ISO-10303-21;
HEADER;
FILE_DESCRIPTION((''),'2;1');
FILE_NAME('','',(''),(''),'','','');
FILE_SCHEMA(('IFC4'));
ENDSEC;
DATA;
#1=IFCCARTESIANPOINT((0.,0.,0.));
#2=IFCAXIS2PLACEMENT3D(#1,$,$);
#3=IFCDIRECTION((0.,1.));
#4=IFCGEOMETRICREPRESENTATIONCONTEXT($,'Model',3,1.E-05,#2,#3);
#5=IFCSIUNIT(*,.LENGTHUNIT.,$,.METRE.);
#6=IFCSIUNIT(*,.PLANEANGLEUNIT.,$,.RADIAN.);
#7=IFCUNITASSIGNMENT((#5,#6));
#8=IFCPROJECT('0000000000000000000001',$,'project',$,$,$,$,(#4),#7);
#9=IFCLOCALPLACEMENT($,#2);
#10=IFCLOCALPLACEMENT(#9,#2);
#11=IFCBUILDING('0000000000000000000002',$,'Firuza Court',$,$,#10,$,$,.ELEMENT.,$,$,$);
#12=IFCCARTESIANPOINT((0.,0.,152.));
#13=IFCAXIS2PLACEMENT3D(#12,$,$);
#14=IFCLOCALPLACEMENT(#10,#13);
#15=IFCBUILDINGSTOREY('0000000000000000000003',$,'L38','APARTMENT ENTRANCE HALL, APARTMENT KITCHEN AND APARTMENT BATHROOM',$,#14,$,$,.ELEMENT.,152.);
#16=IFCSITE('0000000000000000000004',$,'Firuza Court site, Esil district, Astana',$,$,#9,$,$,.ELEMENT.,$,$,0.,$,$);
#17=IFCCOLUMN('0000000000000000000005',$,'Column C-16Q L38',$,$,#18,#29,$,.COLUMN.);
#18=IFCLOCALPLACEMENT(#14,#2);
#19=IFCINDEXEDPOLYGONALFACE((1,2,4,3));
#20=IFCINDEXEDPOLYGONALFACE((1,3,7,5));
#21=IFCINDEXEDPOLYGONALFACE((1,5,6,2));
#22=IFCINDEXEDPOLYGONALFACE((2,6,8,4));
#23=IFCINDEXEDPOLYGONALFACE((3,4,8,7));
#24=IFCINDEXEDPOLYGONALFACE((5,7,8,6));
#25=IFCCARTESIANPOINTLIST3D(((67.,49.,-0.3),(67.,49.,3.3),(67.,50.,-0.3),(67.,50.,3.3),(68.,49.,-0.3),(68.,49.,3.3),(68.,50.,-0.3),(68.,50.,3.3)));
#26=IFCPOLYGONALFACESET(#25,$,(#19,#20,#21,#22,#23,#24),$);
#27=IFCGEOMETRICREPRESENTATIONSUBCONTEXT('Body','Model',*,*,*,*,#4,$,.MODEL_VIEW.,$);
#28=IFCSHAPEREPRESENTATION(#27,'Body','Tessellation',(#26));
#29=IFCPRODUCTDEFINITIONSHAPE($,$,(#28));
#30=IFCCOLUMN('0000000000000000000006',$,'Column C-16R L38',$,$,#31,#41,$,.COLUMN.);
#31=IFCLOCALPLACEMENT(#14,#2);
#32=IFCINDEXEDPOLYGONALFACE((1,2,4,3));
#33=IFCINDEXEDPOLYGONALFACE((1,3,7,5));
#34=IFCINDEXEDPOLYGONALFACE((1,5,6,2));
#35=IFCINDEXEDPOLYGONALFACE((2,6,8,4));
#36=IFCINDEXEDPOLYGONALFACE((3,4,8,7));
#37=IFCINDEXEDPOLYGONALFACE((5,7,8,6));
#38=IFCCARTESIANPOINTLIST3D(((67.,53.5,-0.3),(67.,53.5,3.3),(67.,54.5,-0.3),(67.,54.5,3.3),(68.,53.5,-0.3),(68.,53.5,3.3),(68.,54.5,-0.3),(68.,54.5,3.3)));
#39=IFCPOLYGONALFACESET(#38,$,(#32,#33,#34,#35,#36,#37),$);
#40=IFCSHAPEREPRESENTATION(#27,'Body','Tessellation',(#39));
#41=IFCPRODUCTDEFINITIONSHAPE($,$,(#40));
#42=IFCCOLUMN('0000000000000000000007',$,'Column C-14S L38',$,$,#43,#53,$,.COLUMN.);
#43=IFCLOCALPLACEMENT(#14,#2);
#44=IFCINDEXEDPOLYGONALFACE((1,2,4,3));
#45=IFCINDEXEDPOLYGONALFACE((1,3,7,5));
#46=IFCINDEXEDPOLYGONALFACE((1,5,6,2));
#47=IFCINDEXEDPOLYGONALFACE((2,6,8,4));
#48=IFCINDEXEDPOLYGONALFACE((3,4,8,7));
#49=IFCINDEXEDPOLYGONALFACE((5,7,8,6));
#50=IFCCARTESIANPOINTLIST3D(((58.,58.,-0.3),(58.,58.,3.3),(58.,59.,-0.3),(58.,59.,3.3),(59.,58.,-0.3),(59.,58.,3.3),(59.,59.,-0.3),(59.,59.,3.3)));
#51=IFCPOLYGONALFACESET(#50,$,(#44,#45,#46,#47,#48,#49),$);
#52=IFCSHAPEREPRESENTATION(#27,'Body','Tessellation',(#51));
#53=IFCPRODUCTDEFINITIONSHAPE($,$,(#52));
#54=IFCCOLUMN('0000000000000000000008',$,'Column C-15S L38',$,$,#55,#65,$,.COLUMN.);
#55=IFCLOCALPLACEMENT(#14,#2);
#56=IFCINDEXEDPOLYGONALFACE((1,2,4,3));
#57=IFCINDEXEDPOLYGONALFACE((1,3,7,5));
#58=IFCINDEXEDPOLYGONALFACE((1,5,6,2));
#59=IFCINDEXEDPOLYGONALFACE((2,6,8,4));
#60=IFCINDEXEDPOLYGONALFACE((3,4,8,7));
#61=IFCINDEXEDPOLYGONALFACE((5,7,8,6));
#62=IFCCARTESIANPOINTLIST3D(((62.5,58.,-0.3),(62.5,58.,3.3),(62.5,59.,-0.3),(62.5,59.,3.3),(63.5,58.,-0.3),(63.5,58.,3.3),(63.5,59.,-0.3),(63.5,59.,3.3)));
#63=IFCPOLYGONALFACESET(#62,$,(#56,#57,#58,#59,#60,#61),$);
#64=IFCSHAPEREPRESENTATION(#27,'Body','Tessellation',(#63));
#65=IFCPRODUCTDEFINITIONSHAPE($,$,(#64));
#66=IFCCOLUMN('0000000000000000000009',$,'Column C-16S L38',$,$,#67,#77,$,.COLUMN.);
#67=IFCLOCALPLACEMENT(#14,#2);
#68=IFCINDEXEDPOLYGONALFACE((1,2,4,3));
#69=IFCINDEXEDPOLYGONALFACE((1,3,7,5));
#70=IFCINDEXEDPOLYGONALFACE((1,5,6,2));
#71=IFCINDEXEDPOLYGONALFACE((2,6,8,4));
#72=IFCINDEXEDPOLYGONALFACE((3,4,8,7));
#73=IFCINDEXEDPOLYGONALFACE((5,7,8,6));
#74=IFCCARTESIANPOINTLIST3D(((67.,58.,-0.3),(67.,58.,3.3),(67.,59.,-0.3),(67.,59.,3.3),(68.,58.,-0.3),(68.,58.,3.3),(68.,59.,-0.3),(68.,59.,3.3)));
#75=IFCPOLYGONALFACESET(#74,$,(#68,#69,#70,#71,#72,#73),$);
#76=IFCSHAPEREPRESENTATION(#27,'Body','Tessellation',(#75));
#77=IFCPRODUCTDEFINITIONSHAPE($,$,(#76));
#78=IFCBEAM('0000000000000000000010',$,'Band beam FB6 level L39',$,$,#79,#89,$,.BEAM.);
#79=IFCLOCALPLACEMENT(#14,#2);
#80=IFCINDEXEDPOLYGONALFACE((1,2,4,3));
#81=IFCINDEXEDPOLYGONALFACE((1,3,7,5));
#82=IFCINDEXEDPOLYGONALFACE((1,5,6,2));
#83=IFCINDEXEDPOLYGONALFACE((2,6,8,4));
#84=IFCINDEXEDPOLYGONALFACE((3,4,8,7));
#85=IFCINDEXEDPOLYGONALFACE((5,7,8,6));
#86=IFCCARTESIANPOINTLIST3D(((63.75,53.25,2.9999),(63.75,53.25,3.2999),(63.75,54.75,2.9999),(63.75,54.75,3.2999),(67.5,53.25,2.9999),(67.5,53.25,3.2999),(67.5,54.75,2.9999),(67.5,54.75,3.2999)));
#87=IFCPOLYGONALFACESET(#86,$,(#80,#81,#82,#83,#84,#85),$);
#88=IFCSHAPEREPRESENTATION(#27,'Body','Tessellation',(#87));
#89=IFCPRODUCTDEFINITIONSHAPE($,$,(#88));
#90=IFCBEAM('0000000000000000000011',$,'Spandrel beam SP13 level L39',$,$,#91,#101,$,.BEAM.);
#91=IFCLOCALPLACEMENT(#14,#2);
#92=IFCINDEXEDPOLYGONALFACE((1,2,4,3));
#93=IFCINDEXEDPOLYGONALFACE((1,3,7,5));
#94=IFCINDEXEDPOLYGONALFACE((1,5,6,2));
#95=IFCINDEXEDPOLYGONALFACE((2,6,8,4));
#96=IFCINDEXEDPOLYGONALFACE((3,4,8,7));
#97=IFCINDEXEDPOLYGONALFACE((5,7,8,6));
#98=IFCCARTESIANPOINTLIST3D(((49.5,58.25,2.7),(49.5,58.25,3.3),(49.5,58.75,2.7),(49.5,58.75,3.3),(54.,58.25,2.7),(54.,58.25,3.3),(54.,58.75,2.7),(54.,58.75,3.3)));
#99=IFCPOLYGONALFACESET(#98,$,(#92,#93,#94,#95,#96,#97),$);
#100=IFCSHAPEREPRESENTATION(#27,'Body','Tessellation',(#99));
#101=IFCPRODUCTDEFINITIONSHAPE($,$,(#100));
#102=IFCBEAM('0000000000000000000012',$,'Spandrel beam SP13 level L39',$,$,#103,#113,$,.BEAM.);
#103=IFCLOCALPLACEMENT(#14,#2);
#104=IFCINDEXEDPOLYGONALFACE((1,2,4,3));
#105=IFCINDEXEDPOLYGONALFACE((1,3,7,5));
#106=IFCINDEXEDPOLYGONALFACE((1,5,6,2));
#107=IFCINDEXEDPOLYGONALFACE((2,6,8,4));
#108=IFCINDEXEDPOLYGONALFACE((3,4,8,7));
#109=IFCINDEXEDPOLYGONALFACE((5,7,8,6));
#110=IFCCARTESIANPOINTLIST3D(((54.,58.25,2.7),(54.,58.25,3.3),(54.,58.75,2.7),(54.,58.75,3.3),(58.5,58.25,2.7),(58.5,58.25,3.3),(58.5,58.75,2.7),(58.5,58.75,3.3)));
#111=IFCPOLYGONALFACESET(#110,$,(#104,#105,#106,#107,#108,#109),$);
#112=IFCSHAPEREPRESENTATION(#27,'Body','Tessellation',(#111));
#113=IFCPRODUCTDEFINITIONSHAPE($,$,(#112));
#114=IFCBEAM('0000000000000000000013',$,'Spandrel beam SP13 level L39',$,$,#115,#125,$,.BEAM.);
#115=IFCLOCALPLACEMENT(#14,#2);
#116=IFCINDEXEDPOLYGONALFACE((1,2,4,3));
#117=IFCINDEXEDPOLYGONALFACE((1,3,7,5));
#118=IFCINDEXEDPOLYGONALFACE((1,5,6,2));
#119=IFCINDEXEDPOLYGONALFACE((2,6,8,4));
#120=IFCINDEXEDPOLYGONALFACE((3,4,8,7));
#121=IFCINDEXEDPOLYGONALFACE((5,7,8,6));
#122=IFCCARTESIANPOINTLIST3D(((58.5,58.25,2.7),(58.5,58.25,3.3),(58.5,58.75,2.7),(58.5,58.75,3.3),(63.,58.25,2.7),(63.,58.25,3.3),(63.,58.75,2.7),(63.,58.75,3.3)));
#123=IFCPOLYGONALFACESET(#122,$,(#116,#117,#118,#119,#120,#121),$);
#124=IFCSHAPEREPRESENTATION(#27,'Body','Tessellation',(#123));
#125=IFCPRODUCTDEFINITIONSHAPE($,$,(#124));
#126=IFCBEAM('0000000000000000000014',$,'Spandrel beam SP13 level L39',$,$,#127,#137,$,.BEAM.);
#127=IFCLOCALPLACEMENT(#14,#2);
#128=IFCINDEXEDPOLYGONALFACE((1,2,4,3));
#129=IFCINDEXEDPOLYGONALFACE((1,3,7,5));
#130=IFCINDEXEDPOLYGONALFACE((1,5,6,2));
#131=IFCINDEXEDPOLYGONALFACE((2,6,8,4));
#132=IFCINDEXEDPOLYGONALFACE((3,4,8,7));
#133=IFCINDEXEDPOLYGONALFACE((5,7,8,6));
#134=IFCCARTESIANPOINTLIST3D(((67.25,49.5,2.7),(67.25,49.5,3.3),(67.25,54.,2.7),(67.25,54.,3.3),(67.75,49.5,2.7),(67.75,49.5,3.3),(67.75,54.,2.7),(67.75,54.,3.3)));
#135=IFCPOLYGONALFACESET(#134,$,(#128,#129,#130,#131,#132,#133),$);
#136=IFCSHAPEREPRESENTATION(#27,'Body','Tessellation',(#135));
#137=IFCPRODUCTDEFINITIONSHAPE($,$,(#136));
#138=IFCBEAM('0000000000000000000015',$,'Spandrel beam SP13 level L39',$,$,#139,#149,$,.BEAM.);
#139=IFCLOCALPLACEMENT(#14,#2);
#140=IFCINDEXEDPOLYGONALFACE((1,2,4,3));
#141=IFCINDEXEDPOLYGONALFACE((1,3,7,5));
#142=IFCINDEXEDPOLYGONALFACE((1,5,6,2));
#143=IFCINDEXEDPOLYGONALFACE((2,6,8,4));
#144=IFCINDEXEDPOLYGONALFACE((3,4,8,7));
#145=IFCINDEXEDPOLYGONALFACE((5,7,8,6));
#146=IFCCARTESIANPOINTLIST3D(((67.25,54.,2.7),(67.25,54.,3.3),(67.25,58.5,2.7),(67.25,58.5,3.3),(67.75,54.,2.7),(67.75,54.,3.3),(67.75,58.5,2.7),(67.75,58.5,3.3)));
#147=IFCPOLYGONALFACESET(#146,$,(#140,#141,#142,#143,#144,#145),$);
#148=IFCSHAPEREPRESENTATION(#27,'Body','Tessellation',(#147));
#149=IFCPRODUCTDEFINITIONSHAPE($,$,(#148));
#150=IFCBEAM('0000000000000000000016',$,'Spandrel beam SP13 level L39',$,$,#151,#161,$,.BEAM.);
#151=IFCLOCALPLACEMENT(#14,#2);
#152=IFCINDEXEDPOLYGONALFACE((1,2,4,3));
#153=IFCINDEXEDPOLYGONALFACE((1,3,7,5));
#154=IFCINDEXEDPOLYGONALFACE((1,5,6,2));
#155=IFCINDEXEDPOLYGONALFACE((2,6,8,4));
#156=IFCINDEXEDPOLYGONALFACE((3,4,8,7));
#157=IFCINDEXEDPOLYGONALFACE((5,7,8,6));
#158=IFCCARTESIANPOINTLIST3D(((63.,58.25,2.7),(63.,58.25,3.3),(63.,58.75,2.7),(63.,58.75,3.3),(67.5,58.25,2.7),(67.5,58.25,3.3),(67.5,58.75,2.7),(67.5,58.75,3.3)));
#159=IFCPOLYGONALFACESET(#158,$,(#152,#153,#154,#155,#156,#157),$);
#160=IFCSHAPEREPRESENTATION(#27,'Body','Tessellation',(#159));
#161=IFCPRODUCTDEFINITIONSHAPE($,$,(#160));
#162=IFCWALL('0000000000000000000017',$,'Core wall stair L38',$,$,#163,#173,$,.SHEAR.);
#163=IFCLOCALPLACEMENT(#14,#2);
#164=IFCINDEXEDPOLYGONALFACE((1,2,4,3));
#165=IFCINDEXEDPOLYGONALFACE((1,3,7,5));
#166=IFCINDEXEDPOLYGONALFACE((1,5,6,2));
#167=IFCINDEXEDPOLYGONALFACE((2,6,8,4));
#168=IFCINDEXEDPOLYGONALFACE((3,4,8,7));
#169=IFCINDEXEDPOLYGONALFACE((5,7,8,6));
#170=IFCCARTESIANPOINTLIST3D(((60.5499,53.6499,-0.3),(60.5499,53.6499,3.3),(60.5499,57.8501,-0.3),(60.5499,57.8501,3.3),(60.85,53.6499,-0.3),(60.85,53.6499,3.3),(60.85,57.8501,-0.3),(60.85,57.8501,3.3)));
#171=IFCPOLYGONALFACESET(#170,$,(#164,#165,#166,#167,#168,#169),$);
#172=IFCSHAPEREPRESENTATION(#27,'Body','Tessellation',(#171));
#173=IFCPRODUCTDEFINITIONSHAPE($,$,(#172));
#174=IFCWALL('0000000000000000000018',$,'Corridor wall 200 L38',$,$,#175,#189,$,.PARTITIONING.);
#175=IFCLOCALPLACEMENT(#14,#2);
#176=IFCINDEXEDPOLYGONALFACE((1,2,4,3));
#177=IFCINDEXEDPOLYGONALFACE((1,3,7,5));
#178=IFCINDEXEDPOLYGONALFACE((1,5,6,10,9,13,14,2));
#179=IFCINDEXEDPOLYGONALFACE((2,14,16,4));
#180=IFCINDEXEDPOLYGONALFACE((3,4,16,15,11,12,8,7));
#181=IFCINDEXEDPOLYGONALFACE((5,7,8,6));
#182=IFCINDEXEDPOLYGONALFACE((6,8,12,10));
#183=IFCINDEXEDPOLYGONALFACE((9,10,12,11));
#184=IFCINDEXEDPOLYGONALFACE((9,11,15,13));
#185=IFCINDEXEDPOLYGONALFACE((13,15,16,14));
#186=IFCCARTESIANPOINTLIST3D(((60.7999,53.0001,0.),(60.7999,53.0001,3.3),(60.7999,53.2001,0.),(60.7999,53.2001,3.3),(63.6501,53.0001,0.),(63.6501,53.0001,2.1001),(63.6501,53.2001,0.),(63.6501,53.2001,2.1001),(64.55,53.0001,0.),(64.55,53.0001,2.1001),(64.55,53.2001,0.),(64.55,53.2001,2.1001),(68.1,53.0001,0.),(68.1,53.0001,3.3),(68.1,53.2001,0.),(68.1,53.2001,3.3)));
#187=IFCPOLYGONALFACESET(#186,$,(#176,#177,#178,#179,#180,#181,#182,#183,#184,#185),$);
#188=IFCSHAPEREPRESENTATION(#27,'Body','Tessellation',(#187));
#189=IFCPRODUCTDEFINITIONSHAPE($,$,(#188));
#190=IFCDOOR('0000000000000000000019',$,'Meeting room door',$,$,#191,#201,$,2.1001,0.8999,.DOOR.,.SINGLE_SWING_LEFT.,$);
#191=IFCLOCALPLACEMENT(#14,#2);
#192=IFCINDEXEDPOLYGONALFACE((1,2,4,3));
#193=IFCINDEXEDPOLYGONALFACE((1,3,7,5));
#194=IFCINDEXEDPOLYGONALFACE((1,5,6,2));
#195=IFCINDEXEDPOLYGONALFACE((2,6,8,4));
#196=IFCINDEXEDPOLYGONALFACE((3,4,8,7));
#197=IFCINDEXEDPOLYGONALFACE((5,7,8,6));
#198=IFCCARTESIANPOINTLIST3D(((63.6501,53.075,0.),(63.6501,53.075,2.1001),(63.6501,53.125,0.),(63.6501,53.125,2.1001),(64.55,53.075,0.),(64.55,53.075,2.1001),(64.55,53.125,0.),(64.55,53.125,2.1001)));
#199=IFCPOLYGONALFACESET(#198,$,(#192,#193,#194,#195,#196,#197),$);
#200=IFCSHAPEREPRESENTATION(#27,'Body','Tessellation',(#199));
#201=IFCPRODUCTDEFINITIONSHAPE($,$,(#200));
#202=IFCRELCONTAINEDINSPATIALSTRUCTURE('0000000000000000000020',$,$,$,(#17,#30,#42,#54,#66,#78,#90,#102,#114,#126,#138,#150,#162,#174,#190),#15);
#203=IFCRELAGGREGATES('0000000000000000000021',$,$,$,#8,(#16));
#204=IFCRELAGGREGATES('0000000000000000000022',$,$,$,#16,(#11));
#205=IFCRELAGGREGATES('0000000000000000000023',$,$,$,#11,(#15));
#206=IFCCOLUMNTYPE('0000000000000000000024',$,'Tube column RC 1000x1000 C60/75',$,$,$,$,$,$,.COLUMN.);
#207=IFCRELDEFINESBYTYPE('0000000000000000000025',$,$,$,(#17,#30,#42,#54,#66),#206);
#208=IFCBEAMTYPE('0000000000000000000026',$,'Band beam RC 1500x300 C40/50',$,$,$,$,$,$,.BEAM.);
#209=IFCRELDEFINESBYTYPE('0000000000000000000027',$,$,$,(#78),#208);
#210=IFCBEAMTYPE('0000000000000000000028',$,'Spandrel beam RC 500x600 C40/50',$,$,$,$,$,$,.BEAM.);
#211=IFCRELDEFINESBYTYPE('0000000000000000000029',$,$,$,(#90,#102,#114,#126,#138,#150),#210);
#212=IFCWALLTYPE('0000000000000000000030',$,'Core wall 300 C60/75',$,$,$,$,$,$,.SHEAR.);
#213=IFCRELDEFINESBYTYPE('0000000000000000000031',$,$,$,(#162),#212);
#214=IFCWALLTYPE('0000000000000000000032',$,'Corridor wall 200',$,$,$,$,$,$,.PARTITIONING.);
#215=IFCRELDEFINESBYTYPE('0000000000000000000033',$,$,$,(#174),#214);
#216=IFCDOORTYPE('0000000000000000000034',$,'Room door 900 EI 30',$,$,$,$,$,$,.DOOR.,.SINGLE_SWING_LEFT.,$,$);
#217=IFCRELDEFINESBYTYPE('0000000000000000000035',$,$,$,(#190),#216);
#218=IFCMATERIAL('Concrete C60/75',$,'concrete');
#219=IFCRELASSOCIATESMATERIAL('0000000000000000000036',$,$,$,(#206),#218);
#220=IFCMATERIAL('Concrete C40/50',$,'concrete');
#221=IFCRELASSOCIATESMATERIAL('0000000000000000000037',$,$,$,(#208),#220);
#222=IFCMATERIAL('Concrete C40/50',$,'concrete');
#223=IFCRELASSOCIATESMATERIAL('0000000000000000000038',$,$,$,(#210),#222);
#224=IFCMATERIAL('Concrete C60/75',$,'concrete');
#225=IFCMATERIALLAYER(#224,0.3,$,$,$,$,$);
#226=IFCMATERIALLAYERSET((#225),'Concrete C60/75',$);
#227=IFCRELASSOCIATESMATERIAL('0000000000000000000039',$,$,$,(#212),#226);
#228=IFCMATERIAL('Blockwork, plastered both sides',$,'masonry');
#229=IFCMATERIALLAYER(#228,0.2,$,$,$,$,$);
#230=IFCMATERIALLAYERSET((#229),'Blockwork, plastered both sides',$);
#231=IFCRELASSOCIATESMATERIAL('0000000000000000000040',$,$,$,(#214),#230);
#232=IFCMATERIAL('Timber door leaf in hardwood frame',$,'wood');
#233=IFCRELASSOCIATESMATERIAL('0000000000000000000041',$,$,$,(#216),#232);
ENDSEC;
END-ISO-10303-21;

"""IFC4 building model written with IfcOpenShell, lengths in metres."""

from ifc_helpers import new_model, si_unit, direction, frame, frame_2d, origin, origin_2d, place, context, subcontext, project, spatial, rectangle, extrude, material, layer, layer_set, material_profile, profile_set, type_object, element, fill, save


model = new_model("IFC4")

# Units and contexts
model_context = context("Model", 3, precision=1e-05, world=origin(), true_north=direction((0.0, 1.0)))
body_context = subcontext(model_context, "Body", "Model", "MODEL_VIEW")
ifc_project = project(units=[si_unit("LENGTHUNIT", "METRE"), si_unit("PLANEANGLEUNIT", "RADIAN")], contexts=[model_context])

# Site, building, storey
site_placement = place(None, origin())
site = spatial("IfcSite", under=ifc_project, at=site_placement, Name="Firuza Court site, Esil district, Astana", CompositionType="ELEMENT", RefElevation=0.0)
building_placement = place(site_placement, origin())
building = spatial("IfcBuilding", under=site, at=building_placement, Name="Firuza Court", CompositionType="ELEMENT")
storey_placement = place(building_placement, frame((0.0, 0.0, 152.0)))
storey = spatial("IfcBuildingStorey", under=building, at=storey_placement, Name="L38", Description="APARTMENT ENTRANCE HALL, APARTMENT KITCHEN AND APARTMENT BATHROOM", CompositionType="ELEMENT", Elevation=152.0)

# Columns
ifc_material_1 = material(Name="Concrete C60/75", Category="concrete")
ifc_material_profile_1 = material_profile(ifc_material_1, rectangle(XDim=1.0, YDim=1.0, at=origin_2d()), Name="RC 1000x1000")
ifc_profile_set_1 = profile_set([ifc_material_profile_1], Name="Concrete C60/75")
column_type = type_object("IfcColumnType", Name="Tube column RC 1000x1000 C60/75", PredefinedType="COLUMN", material=ifc_profile_set_1)
for number, where, z_axis, x_axis, name in (
    (1, (67.5, 49.5, -0.3), (0.0, 0.0, 1.0), (1.0, 0.0, 0.0), "Column C-16Q L38"),
    (2, (67.5, 54.0, -0.3), (0.0, 0.0, 1.0), (1.0, 0.0, 0.0), "Column C-16R L38"),
    (3, (58.5, 58.5, -0.3), (0.0, 0.0, 1.0), (1.0, 0.0, 0.0), "Column C-14S L38"),
    (4, (63.0, 58.5, -0.3), (0.0, 0.0, 1.0), (1.0, 0.0, 0.0), "Column C-15S L38"),
    (5, (67.5, 58.5, -0.3), (0.0, 0.0, 1.0), (1.0, 0.0, 0.0), "Column C-16S L38"),
):
    element("IfcColumn", number, at=place(storey_placement, frame(where, z_axis=z_axis, x_axis=x_axis)), inside=storey, type_object=column_type, Name=name, PredefinedType="COLUMN", context=body_context, shape_type="SweptSolid", body=[
        extrude(rectangle(XDim=1.0, YDim=1.0, at=origin_2d()), origin(), (0.0, 0.0, 1.0), 3.6001),
    ])

# Beams
ifc_material_2 = material(Name="Concrete C40/50", Category="concrete")
ifc_material_profile_2 = material_profile(ifc_material_2, rectangle(XDim=1.5, YDim=0.3, at=origin_2d()), Name="RC 1500x300")
ifc_profile_set_2 = profile_set([ifc_material_profile_2], Name="Concrete C40/50")
beam_type_1 = type_object("IfcBeamType", Name="Band beam RC 1500x300 C40/50", PredefinedType="BEAM", material=ifc_profile_set_2)
beam_placement = place(storey_placement, frame((67.5, 54.0, 3.1499), z_axis=(-1.0, 0.0, 0.0), x_axis=(0.0, -1.0, 0.0)))
element("IfcBeam", 6, at=beam_placement, inside=storey, type_object=beam_type_1, Name="Band beam FB6 level L39", PredefinedType="BEAM", context=body_context, shape_type="SweptSolid", body=[
    extrude(rectangle(XDim=1.5, YDim=0.3, at=origin_2d()), origin(), (0.0, 0.0, 1.0), 3.75),
])
ifc_material_3 = material(Name="Concrete C40/50", Category="concrete")
ifc_material_profile_3 = material_profile(ifc_material_3, rectangle(XDim=0.5, YDim=0.6001, at=origin_2d()), Name="RC 500x600")
ifc_profile_set_3 = profile_set([ifc_material_profile_3], Name="Concrete C40/50")
beam_type_2 = type_object("IfcBeamType", Name="Spandrel beam RC 500x600 C40/50", PredefinedType="BEAM", material=ifc_profile_set_3)
for number, where, z_axis, x_axis, name in (
    (7, (54.0, 58.5, 3.0), (-1.0, 0.0, 0.0), (0.0, -1.0, 0.0), "Spandrel beam SP13 level L39"),
    (8, (58.5, 58.5, 3.0), (-1.0, 0.0, 0.0), (0.0, -1.0, 0.0), "Spandrel beam SP13 level L39"),
    (9, (63.0, 58.5, 3.0), (-1.0, 0.0, 0.0), (0.0, -1.0, 0.0), "Spandrel beam SP13 level L39"),
    (10, (67.5, 49.5, 3.0), (0.0, 1.0, 0.0), (-1.0, 0.0, 0.0), "Spandrel beam SP13 level L39"),
    (11, (67.5, 54.0, 3.0), (0.0, 1.0, 0.0), (-1.0, 0.0, 0.0), "Spandrel beam SP13 level L39"),
    (12, (67.5, 58.5, 3.0), (-1.0, 0.0, 0.0), (0.0, -1.0, 0.0), "Spandrel beam SP13 level L39"),
):
    element("IfcBeam", number, at=place(storey_placement, frame(where, z_axis=z_axis, x_axis=x_axis)), inside=storey, type_object=beam_type_2, Name=name, PredefinedType="BEAM", context=body_context, shape_type="SweptSolid", body=[
        extrude(rectangle(XDim=0.5, YDim=0.6001, at=origin_2d()), origin(), (0.0, 0.0, 1.0), 4.5),
    ])

# Wall
ifc_material_4 = material(Name="Concrete C60/75", Category="concrete")
ifc_layer_1 = layer(ifc_material_4, 0.3)
ifc_layer_set_1 = layer_set([ifc_layer_1], Name="Concrete C60/75")
wall_type_1 = type_object("IfcWallType", Name="Core wall 300 C60/75", PredefinedType="SHEAR", material=ifc_layer_set_1)
wall_1_placement = place(storey_placement, frame((60.7, 53.6499, -0.3), z_axis=(0.0, 0.0, 1.0), x_axis=(0.0, 1.0, 0.0)))
element("IfcWall", 13, at=wall_1_placement, inside=storey, type_object=wall_type_1, Name="Core wall stair L38", PredefinedType="SHEAR", context=body_context, shape_type="SweptSolid", body=[
    extrude(rectangle(XDim=4.2002, YDim=0.3, at=frame_2d((2.1001, 0.0))), origin(), (0.0, 0.0, 1.0), 3.6001),
])

# Wall, opening, door
ifc_material_5 = material(Name="Blockwork, plastered both sides", Category="masonry")
ifc_layer_2 = layer(ifc_material_5, 0.2)
ifc_layer_set_2 = layer_set([ifc_layer_2], Name="Blockwork, plastered both sides")
wall_type_2 = type_object("IfcWallType", Name="Corridor wall 200", PredefinedType="PARTITIONING", material=ifc_layer_set_2)
wall_2_placement = place(storey_placement, frame((60.8, 53.1001, 0.0), z_axis=(0.0, 0.0, 1.0), x_axis=(1.0, 0.0, 0.0)))
wall_2 = element("IfcWall", 14, at=wall_2_placement, inside=storey, type_object=wall_type_2, Name="Corridor wall 200 L38", PredefinedType="PARTITIONING", context=body_context, shape_type="SweptSolid", body=[
    extrude(rectangle(XDim=7.3, YDim=0.2, at=frame_2d((3.6499, 0.0))), origin(), (0.0, 0.0, 1.0), 3.3),
])
opening_1_placement = place(wall_2_placement, frame((2.8501, 0.0, 0.0)))
opening_1 = element("IfcOpeningElement", 15, at=opening_1_placement, cuts=wall_2, PredefinedType="OPENING", context=body_context, shape_type="SweptSolid", body=[
    extrude(rectangle(XDim=0.8999, YDim=2.1001, at=frame_2d((0.45, 1.05))), frame((0.0, 0.1118, 0.0), z_axis=(0.0, -1.0, 0.0), x_axis=(1.0, 0.0, 0.0)), (0.0, 0.0, 1.0), 0.2239),
])
ifc_material_6 = material(Name="Timber door leaf in hardwood frame", Category="wood")
door_type_1 = type_object("IfcDoorType", Name="Room door 900 EI 30", OperationType="SINGLE_SWING_LEFT", PredefinedType="DOOR", material=ifc_material_6)
door_1_placement = place(opening_1_placement, origin())
door_1 = element("IfcDoor", 16, at=door_1_placement, inside=storey, type_object=door_type_1, Name="Meeting room door", OperationType="SINGLE_SWING_LEFT", OverallHeight=2.1001, OverallWidth=0.8999, PredefinedType="DOOR", context=body_context, shape_type="SweptSolid", body=[
    extrude(rectangle(XDim=0.8999, YDim=2.1001, at=frame_2d((0.45, 1.05))), frame((0.0, 0.0249, 0.0), z_axis=(0.0, -1.0, 0.0), x_axis=(1.0, 0.0, 0.0)), (0.0, 0.0, 1.0), 0.05),
])
fill(opening_1, door_1)

save(model, "model.ifc")
